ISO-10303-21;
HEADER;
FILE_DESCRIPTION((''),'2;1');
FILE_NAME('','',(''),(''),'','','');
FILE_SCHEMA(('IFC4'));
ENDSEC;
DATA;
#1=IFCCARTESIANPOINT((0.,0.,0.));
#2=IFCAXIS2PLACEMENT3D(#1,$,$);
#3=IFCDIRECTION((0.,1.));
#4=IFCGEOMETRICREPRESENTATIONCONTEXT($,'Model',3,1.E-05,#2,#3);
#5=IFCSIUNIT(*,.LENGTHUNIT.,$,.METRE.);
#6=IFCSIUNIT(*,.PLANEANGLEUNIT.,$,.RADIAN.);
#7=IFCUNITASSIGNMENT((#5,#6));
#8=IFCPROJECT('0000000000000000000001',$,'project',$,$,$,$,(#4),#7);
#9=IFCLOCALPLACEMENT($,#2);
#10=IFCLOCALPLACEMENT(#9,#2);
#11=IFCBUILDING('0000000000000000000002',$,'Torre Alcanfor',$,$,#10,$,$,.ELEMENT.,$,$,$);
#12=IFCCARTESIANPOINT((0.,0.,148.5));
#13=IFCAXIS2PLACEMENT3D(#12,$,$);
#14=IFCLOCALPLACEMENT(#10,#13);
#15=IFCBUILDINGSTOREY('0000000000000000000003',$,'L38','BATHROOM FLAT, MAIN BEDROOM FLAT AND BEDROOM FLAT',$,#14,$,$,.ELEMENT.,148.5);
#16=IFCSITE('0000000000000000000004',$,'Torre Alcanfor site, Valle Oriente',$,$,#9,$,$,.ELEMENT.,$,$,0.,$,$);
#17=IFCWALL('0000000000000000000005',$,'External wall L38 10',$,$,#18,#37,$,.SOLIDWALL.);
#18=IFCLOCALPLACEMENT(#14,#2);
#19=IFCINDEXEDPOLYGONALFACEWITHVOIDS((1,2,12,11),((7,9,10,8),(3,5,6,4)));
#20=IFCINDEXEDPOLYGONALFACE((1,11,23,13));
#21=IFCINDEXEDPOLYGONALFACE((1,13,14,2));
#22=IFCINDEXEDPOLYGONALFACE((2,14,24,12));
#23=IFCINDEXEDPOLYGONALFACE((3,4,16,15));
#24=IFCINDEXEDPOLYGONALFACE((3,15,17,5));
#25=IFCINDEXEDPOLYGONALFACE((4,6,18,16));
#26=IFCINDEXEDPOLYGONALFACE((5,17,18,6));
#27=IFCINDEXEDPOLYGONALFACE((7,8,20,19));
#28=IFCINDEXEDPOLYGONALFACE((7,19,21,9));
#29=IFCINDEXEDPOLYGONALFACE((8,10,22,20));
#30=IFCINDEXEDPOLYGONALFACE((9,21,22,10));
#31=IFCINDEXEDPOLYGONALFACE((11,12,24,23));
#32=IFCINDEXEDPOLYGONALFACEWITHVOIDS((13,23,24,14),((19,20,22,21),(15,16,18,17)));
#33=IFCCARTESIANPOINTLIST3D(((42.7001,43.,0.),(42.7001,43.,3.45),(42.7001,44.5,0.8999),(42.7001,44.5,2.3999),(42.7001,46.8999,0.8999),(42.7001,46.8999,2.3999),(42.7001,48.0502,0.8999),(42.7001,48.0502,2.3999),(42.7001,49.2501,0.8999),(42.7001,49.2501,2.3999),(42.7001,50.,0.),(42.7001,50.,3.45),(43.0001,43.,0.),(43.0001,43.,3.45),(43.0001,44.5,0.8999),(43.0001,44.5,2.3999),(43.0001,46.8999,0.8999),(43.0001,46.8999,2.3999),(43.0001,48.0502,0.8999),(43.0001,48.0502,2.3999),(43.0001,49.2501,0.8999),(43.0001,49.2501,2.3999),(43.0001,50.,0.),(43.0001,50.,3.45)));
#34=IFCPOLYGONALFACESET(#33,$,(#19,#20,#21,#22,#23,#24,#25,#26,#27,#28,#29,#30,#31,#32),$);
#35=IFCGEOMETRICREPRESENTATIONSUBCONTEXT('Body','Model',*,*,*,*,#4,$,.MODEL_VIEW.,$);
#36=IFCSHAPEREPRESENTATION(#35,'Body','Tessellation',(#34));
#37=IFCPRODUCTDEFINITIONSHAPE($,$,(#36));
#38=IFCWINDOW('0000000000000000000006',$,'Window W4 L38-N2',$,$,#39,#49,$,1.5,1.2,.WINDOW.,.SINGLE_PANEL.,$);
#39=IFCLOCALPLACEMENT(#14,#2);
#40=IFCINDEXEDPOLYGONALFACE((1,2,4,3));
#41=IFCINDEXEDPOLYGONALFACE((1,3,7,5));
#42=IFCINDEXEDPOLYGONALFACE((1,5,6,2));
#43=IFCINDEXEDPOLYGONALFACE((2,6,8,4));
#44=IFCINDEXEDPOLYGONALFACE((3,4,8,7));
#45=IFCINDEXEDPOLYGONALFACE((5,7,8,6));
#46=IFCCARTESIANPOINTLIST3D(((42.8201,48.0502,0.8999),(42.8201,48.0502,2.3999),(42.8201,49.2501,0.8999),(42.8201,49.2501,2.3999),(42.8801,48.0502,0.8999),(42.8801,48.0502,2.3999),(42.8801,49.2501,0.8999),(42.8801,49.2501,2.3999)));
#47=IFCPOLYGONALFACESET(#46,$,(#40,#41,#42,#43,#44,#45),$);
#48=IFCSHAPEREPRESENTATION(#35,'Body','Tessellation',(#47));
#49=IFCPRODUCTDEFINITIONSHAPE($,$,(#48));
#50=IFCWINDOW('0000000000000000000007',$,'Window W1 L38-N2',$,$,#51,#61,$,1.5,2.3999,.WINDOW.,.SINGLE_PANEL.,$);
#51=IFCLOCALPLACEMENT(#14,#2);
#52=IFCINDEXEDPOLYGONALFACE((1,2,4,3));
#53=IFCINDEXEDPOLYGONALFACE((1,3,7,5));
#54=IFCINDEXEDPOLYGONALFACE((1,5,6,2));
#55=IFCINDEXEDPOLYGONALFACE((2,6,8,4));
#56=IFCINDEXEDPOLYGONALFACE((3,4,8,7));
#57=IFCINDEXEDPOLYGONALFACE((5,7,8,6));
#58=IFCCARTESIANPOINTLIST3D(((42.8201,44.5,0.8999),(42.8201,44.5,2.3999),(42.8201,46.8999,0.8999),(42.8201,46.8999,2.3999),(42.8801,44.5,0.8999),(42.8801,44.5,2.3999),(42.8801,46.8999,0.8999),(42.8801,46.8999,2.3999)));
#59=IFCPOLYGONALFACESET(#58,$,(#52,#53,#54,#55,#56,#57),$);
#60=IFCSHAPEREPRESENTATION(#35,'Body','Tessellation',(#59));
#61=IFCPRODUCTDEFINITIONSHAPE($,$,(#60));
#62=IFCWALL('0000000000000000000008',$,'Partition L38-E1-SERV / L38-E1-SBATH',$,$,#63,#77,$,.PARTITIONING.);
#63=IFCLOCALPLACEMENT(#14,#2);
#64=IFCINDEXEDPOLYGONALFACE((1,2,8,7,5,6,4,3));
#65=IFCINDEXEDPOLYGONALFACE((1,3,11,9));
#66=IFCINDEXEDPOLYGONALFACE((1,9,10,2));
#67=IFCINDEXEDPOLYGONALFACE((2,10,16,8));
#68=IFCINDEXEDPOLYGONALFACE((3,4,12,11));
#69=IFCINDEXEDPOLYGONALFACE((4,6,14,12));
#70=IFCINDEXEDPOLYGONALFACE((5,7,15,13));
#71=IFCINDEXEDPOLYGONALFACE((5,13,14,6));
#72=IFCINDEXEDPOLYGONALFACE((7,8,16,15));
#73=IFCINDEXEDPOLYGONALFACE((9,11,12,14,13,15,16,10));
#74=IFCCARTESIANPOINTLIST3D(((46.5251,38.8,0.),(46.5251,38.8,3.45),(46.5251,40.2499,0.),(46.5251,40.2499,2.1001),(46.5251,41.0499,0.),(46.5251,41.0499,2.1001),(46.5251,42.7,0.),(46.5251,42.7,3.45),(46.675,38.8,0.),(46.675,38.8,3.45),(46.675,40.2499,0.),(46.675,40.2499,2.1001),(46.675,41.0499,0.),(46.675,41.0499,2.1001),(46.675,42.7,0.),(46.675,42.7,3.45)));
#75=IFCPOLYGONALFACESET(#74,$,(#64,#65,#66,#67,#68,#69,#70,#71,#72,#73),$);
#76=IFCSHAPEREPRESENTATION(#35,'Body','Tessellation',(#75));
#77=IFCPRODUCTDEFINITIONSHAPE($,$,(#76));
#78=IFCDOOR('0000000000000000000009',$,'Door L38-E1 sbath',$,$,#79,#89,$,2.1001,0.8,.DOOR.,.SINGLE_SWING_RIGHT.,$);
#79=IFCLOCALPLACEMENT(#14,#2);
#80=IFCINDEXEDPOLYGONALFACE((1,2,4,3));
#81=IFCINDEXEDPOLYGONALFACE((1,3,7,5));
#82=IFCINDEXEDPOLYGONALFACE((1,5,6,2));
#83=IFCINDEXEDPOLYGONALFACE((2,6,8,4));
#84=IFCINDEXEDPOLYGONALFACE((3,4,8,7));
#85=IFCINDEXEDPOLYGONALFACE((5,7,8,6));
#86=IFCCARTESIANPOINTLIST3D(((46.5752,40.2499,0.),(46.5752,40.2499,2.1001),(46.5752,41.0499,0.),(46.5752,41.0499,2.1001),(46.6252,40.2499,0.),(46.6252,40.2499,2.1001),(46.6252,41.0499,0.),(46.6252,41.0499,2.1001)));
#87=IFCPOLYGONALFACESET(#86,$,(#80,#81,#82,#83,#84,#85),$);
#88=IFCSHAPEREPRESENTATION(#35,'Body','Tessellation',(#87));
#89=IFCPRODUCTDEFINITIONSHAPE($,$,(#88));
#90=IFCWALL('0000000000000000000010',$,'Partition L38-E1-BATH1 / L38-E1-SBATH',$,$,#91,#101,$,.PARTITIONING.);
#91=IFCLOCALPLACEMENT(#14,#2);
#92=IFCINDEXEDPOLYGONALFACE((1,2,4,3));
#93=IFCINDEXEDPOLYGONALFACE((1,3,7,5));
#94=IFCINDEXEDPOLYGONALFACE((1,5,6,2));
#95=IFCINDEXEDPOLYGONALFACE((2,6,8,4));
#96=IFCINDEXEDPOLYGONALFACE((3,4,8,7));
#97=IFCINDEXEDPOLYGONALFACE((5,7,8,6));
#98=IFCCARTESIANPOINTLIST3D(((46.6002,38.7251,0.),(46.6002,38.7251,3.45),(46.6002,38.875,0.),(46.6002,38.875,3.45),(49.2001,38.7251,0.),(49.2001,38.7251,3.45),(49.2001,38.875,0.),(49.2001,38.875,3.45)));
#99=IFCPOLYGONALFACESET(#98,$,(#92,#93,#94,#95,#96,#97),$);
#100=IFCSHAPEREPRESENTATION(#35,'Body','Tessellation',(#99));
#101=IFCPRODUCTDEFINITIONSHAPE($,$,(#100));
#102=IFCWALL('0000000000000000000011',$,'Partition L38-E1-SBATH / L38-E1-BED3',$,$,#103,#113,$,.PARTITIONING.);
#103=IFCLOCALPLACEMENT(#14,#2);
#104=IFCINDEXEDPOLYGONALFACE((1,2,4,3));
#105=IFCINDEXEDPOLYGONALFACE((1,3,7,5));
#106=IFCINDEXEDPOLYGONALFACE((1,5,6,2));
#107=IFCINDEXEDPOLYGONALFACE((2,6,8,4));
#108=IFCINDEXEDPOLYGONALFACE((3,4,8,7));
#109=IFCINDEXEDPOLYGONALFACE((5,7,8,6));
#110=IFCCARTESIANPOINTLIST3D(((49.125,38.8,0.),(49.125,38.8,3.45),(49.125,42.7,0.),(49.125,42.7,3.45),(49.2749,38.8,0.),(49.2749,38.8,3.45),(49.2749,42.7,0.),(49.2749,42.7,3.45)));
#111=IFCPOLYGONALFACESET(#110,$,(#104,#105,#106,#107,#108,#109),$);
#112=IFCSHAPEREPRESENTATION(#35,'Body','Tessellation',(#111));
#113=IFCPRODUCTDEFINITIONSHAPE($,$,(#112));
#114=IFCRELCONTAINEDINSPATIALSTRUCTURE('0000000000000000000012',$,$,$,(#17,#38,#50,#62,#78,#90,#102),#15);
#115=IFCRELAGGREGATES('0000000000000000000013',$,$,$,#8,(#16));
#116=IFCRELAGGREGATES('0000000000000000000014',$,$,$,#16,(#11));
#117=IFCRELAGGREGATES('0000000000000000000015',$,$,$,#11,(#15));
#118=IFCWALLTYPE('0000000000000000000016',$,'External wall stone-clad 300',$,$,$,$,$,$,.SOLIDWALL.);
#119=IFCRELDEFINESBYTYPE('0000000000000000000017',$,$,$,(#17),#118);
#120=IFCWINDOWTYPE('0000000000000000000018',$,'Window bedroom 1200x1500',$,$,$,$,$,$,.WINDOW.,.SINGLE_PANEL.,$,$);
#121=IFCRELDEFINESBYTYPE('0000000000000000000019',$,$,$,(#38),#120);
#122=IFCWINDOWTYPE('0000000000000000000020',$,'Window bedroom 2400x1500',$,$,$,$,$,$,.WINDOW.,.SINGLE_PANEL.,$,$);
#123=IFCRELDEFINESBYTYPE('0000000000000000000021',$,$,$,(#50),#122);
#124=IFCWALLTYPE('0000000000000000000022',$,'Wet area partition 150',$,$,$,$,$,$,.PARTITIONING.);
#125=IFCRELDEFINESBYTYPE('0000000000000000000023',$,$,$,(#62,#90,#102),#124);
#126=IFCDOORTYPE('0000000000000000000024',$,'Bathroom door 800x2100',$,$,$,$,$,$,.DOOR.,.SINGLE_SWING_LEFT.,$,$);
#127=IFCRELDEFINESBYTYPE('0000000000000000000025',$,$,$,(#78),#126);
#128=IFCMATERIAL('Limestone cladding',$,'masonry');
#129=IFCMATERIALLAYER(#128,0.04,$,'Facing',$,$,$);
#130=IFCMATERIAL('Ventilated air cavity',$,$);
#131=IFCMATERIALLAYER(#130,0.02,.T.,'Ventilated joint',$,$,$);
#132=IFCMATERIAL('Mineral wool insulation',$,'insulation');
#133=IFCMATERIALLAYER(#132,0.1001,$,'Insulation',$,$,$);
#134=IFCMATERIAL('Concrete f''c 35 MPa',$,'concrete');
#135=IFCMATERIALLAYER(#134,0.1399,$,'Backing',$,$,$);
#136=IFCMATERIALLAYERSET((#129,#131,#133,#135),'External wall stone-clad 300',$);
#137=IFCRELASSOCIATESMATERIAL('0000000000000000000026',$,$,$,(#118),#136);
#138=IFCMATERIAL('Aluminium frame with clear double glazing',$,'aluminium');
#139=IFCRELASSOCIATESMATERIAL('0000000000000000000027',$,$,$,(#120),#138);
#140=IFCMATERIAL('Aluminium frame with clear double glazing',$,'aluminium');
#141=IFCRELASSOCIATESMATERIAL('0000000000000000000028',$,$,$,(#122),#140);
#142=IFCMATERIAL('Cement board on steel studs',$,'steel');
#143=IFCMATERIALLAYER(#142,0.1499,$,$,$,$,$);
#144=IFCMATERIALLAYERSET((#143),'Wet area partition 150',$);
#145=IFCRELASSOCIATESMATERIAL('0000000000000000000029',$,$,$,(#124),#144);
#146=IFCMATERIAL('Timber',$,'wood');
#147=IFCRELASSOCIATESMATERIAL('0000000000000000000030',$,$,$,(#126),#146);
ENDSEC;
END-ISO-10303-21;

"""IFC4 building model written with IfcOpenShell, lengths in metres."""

from ifc_helpers import new_model, si_unit, direction, frame, frame_2d, origin, place, context, subcontext, project, spatial, rectangle, extrude, material, layer, layer_set, type_object, element, fill, save


model = new_model("IFC4")

# Units and contexts
model_context = context("Model", 3, precision=1e-05, world=origin(), true_north=direction((0.0, 1.0)))
body_context = subcontext(model_context, "Body", "Model", "MODEL_VIEW")
ifc_project = project(units=[si_unit("LENGTHUNIT", "METRE"), si_unit("PLANEANGLEUNIT", "RADIAN")], contexts=[model_context])

# Site, building, storey
site_placement = place(None, origin())
site = spatial("IfcSite", under=ifc_project, at=site_placement, Name="Torre Alcanfor site, Valle Oriente", CompositionType="ELEMENT", RefElevation=0.0)
building_placement = place(site_placement, origin())
building = spatial("IfcBuilding", under=site, at=building_placement, Name="Torre Alcanfor", CompositionType="ELEMENT")
storey_placement = place(building_placement, frame((0.0, 0.0, 148.5)))
storey = spatial("IfcBuildingStorey", under=building, at=storey_placement, Name="L38", Description="BATHROOM FLAT, MAIN BEDROOM FLAT AND BEDROOM FLAT", CompositionType="ELEMENT", Elevation=148.5)

# Wall, openings, windows
ifc_material_1 = material(Name="Limestone cladding", Category="masonry")
ifc_layer_1 = layer(ifc_material_1, 0.04, Name="Facing")
ifc_material_2 = material(Name="Ventilated air cavity")
ifc_layer_2 = layer(ifc_material_2, 0.02, ventilated=True, Name="Ventilated joint")
ifc_material_3 = material(Name="Mineral wool insulation", Category="insulation")
ifc_layer_3 = layer(ifc_material_3, 0.1001, Name="Insulation")
ifc_material_4 = material(Name="Concrete f'c 35 MPa", Category="concrete")
ifc_layer_4 = layer(ifc_material_4, 0.1399, Name="Backing")
ifc_layer_set_1 = layer_set([ifc_layer_1, ifc_layer_2, ifc_layer_3, ifc_layer_4], Name="External wall stone-clad 300")
wall_type_1 = type_object("IfcWallType", Name="External wall stone-clad 300", PredefinedType="SOLIDWALL", material=ifc_layer_set_1)
wall_1_placement = place(storey_placement, frame((42.8501, 43.0, 0.0), z_axis=(0.0, 0.0, 1.0), x_axis=(0.0, 1.0, 0.0)))
wall_1 = element("IfcWall", 1, at=wall_1_placement, inside=storey, type_object=wall_type_1, Name="External wall L38 10", PredefinedType="SOLIDWALL", context=body_context, shape_type="SweptSolid", body=[
    extrude(rectangle(XDim=7.0, YDim=0.3, at=frame_2d((3.5, 0.0))), origin(), (0.0, 0.0, 1.0), 3.45),
])
opening_1_placement = place(wall_1_placement, frame((1.5, 0.0, 0.8999)))
opening_1 = element("IfcOpeningElement", 2, at=opening_1_placement, cuts=wall_1, PredefinedType="OPENING", context=body_context, shape_type="SweptSolid", body=[
    extrude(rectangle(XDim=2.3999, YDim=1.5, at=frame_2d((1.2, 0.75))), frame((0.0, 0.1599, 0.0), z_axis=(0.0, -1.0, 0.0), x_axis=(1.0, 0.0, 0.0)), (0.0, 0.0, 1.0), 0.3201),
])
opening_2_placement = place(wall_1_placement, frame((5.05, 0.0, 0.8999)))
opening_2 = element("IfcOpeningElement", 3, at=opening_2_placement, cuts=wall_1, PredefinedType="OPENING", context=body_context, shape_type="SweptSolid", body=[
    extrude(rectangle(XDim=1.2, YDim=1.5, at=frame_2d((0.6001, 0.75))), frame((0.0, 0.1599, 0.0), z_axis=(0.0, -1.0, 0.0), x_axis=(1.0, 0.0, 0.0)), (0.0, 0.0, 1.0), 0.3201),
])
ifc_material_5 = material(Name="Aluminium frame with clear double glazing", Category="aluminium")
window_type_1 = type_object("IfcWindowType", Name="Window bedroom 1200x1500", PartitioningType="SINGLE_PANEL", PredefinedType="WINDOW", material=ifc_material_5)
window_1_placement = place(opening_2_placement, origin())
window_1 = element("IfcWindow", 4, at=window_1_placement, inside=storey, type_object=window_type_1, Name="Window W4 L38-N2", OverallHeight=1.5, OverallWidth=1.2, PartitioningType="SINGLE_PANEL", PredefinedType="WINDOW", context=body_context, shape_type="SweptSolid", body=[
    extrude(rectangle(XDim=1.2, YDim=1.5, at=frame_2d((0.6001, 0.75))), frame((0.0, 0.03, 0.0), z_axis=(0.0, -1.0, 0.0), x_axis=(1.0, 0.0, 0.0)), (0.0, 0.0, 1.0), 0.0601),
])
fill(opening_2, window_1)
ifc_material_6 = material(Name="Aluminium frame with clear double glazing", Category="aluminium")
window_type_2 = type_object("IfcWindowType", Name="Window bedroom 2400x1500", PartitioningType="SINGLE_PANEL", PredefinedType="WINDOW", material=ifc_material_6)
window_2_placement = place(opening_1_placement, origin())
window_2 = element("IfcWindow", 5, at=window_2_placement, inside=storey, type_object=window_type_2, Name="Window W1 L38-N2", OverallHeight=1.5, OverallWidth=2.3999, PartitioningType="SINGLE_PANEL", PredefinedType="WINDOW", context=body_context, shape_type="SweptSolid", body=[
    extrude(rectangle(XDim=2.3999, YDim=1.5, at=frame_2d((1.2, 0.75))), frame((0.0, 0.03, 0.0), z_axis=(0.0, -1.0, 0.0), x_axis=(1.0, 0.0, 0.0)), (0.0, 0.0, 1.0), 0.0601),
])
fill(opening_1, window_2)

# Wall, opening, door
ifc_material_7 = material(Name="Cement board on steel studs", Category="steel")
ifc_layer_5 = layer(ifc_material_7, 0.1499)
ifc_layer_set_2 = layer_set([ifc_layer_5], Name="Wet area partition 150")
wall_type_2 = type_object("IfcWallType", Name="Wet area partition 150", PredefinedType="PARTITIONING", material=ifc_layer_set_2)
wall_2_placement = place(storey_placement, frame((46.6001, 38.8, 0.0), z_axis=(0.0, 0.0, 1.0), x_axis=(0.0, 1.0, 0.0)))
wall_2 = element("IfcWall", 6, at=wall_2_placement, inside=storey, type_object=wall_type_2, Name="Partition L38-E1-SERV / L38-E1-SBATH", PredefinedType="PARTITIONING", context=body_context, shape_type="SweptSolid", body=[
    extrude(rectangle(XDim=3.8999, YDim=0.1499, at=frame_2d((1.95, 0.0))), origin(), (0.0, 0.0, 1.0), 3.45),
])
opening_3_placement = place(wall_2_placement, frame((1.45, 0.0, 0.0)))
opening_3 = element("IfcOpeningElement", 7, at=opening_3_placement, cuts=wall_2, PredefinedType="OPENING", context=body_context, shape_type="SweptSolid", body=[
    extrude(rectangle(XDim=0.8, YDim=2.1001, at=frame_2d((0.3999, 1.05))), frame((0.0, 0.085, 0.0), z_axis=(0.0, -1.0, 0.0), x_axis=(1.0, 0.0, 0.0)), (0.0, 0.0, 1.0), 0.1699),
])
ifc_material_8 = material(Name="Timber", Category="wood")
door_type = type_object("IfcDoorType", Name="Bathroom door 800x2100", OperationType="SINGLE_SWING_LEFT", PredefinedType="DOOR", material=ifc_material_8)
door_placement = place(opening_3_placement, frame((0.8, 0.0, 0.0), z_axis=(0.0, 0.0, 1.0), x_axis=(-1.0, 0.0, 0.0)))
door = element("IfcDoor", 8, at=door_placement, inside=storey, type_object=door_type, Name="Door L38-E1 sbath", OperationType="SINGLE_SWING_RIGHT", OverallHeight=2.1001, OverallWidth=0.8, PredefinedType="DOOR", context=body_context, shape_type="SweptSolid", body=[
    extrude(rectangle(XDim=0.8, YDim=2.1001, at=frame_2d((0.4001, 1.05))), frame((0.0, 0.0251, 0.0), z_axis=(0.0, -1.0, 0.0), x_axis=(1.0, 0.0, 0.0)), (0.0, 0.0, 1.0), 0.05),
])
fill(opening_3, door)

# Walls
wall_3_placement = place(storey_placement, frame((49.2, 38.8, 0.0), z_axis=(0.0, 0.0, 1.0), x_axis=(-1.0, 0.0, 0.0)))
element("IfcWall", 9, at=wall_3_placement, inside=storey, type_object=wall_type_2, Name="Partition L38-E1-BATH1 / L38-E1-SBATH", PredefinedType="PARTITIONING", context=body_context, shape_type="SweptSolid", body=[
    extrude(rectangle(XDim=2.5999, YDim=0.1499, at=frame_2d((1.2998, 0.0))), origin(), (0.0, 0.0, 1.0), 3.45),
])
wall_4_placement = place(storey_placement, frame((49.2, 38.8, 0.0), z_axis=(0.0, 0.0, 1.0), x_axis=(0.0, 1.0, 0.0)))
element("IfcWall", 10, at=wall_4_placement, inside=storey, type_object=wall_type_2, Name="Partition L38-E1-SBATH / L38-E1-BED3", PredefinedType="PARTITIONING", context=body_context, shape_type="SweptSolid", body=[
    extrude(rectangle(XDim=3.8999, YDim=0.1499, at=frame_2d((1.95, 0.0))), origin(), (0.0, 0.0, 1.0), 3.45),
])

save(model, "model.ifc")
